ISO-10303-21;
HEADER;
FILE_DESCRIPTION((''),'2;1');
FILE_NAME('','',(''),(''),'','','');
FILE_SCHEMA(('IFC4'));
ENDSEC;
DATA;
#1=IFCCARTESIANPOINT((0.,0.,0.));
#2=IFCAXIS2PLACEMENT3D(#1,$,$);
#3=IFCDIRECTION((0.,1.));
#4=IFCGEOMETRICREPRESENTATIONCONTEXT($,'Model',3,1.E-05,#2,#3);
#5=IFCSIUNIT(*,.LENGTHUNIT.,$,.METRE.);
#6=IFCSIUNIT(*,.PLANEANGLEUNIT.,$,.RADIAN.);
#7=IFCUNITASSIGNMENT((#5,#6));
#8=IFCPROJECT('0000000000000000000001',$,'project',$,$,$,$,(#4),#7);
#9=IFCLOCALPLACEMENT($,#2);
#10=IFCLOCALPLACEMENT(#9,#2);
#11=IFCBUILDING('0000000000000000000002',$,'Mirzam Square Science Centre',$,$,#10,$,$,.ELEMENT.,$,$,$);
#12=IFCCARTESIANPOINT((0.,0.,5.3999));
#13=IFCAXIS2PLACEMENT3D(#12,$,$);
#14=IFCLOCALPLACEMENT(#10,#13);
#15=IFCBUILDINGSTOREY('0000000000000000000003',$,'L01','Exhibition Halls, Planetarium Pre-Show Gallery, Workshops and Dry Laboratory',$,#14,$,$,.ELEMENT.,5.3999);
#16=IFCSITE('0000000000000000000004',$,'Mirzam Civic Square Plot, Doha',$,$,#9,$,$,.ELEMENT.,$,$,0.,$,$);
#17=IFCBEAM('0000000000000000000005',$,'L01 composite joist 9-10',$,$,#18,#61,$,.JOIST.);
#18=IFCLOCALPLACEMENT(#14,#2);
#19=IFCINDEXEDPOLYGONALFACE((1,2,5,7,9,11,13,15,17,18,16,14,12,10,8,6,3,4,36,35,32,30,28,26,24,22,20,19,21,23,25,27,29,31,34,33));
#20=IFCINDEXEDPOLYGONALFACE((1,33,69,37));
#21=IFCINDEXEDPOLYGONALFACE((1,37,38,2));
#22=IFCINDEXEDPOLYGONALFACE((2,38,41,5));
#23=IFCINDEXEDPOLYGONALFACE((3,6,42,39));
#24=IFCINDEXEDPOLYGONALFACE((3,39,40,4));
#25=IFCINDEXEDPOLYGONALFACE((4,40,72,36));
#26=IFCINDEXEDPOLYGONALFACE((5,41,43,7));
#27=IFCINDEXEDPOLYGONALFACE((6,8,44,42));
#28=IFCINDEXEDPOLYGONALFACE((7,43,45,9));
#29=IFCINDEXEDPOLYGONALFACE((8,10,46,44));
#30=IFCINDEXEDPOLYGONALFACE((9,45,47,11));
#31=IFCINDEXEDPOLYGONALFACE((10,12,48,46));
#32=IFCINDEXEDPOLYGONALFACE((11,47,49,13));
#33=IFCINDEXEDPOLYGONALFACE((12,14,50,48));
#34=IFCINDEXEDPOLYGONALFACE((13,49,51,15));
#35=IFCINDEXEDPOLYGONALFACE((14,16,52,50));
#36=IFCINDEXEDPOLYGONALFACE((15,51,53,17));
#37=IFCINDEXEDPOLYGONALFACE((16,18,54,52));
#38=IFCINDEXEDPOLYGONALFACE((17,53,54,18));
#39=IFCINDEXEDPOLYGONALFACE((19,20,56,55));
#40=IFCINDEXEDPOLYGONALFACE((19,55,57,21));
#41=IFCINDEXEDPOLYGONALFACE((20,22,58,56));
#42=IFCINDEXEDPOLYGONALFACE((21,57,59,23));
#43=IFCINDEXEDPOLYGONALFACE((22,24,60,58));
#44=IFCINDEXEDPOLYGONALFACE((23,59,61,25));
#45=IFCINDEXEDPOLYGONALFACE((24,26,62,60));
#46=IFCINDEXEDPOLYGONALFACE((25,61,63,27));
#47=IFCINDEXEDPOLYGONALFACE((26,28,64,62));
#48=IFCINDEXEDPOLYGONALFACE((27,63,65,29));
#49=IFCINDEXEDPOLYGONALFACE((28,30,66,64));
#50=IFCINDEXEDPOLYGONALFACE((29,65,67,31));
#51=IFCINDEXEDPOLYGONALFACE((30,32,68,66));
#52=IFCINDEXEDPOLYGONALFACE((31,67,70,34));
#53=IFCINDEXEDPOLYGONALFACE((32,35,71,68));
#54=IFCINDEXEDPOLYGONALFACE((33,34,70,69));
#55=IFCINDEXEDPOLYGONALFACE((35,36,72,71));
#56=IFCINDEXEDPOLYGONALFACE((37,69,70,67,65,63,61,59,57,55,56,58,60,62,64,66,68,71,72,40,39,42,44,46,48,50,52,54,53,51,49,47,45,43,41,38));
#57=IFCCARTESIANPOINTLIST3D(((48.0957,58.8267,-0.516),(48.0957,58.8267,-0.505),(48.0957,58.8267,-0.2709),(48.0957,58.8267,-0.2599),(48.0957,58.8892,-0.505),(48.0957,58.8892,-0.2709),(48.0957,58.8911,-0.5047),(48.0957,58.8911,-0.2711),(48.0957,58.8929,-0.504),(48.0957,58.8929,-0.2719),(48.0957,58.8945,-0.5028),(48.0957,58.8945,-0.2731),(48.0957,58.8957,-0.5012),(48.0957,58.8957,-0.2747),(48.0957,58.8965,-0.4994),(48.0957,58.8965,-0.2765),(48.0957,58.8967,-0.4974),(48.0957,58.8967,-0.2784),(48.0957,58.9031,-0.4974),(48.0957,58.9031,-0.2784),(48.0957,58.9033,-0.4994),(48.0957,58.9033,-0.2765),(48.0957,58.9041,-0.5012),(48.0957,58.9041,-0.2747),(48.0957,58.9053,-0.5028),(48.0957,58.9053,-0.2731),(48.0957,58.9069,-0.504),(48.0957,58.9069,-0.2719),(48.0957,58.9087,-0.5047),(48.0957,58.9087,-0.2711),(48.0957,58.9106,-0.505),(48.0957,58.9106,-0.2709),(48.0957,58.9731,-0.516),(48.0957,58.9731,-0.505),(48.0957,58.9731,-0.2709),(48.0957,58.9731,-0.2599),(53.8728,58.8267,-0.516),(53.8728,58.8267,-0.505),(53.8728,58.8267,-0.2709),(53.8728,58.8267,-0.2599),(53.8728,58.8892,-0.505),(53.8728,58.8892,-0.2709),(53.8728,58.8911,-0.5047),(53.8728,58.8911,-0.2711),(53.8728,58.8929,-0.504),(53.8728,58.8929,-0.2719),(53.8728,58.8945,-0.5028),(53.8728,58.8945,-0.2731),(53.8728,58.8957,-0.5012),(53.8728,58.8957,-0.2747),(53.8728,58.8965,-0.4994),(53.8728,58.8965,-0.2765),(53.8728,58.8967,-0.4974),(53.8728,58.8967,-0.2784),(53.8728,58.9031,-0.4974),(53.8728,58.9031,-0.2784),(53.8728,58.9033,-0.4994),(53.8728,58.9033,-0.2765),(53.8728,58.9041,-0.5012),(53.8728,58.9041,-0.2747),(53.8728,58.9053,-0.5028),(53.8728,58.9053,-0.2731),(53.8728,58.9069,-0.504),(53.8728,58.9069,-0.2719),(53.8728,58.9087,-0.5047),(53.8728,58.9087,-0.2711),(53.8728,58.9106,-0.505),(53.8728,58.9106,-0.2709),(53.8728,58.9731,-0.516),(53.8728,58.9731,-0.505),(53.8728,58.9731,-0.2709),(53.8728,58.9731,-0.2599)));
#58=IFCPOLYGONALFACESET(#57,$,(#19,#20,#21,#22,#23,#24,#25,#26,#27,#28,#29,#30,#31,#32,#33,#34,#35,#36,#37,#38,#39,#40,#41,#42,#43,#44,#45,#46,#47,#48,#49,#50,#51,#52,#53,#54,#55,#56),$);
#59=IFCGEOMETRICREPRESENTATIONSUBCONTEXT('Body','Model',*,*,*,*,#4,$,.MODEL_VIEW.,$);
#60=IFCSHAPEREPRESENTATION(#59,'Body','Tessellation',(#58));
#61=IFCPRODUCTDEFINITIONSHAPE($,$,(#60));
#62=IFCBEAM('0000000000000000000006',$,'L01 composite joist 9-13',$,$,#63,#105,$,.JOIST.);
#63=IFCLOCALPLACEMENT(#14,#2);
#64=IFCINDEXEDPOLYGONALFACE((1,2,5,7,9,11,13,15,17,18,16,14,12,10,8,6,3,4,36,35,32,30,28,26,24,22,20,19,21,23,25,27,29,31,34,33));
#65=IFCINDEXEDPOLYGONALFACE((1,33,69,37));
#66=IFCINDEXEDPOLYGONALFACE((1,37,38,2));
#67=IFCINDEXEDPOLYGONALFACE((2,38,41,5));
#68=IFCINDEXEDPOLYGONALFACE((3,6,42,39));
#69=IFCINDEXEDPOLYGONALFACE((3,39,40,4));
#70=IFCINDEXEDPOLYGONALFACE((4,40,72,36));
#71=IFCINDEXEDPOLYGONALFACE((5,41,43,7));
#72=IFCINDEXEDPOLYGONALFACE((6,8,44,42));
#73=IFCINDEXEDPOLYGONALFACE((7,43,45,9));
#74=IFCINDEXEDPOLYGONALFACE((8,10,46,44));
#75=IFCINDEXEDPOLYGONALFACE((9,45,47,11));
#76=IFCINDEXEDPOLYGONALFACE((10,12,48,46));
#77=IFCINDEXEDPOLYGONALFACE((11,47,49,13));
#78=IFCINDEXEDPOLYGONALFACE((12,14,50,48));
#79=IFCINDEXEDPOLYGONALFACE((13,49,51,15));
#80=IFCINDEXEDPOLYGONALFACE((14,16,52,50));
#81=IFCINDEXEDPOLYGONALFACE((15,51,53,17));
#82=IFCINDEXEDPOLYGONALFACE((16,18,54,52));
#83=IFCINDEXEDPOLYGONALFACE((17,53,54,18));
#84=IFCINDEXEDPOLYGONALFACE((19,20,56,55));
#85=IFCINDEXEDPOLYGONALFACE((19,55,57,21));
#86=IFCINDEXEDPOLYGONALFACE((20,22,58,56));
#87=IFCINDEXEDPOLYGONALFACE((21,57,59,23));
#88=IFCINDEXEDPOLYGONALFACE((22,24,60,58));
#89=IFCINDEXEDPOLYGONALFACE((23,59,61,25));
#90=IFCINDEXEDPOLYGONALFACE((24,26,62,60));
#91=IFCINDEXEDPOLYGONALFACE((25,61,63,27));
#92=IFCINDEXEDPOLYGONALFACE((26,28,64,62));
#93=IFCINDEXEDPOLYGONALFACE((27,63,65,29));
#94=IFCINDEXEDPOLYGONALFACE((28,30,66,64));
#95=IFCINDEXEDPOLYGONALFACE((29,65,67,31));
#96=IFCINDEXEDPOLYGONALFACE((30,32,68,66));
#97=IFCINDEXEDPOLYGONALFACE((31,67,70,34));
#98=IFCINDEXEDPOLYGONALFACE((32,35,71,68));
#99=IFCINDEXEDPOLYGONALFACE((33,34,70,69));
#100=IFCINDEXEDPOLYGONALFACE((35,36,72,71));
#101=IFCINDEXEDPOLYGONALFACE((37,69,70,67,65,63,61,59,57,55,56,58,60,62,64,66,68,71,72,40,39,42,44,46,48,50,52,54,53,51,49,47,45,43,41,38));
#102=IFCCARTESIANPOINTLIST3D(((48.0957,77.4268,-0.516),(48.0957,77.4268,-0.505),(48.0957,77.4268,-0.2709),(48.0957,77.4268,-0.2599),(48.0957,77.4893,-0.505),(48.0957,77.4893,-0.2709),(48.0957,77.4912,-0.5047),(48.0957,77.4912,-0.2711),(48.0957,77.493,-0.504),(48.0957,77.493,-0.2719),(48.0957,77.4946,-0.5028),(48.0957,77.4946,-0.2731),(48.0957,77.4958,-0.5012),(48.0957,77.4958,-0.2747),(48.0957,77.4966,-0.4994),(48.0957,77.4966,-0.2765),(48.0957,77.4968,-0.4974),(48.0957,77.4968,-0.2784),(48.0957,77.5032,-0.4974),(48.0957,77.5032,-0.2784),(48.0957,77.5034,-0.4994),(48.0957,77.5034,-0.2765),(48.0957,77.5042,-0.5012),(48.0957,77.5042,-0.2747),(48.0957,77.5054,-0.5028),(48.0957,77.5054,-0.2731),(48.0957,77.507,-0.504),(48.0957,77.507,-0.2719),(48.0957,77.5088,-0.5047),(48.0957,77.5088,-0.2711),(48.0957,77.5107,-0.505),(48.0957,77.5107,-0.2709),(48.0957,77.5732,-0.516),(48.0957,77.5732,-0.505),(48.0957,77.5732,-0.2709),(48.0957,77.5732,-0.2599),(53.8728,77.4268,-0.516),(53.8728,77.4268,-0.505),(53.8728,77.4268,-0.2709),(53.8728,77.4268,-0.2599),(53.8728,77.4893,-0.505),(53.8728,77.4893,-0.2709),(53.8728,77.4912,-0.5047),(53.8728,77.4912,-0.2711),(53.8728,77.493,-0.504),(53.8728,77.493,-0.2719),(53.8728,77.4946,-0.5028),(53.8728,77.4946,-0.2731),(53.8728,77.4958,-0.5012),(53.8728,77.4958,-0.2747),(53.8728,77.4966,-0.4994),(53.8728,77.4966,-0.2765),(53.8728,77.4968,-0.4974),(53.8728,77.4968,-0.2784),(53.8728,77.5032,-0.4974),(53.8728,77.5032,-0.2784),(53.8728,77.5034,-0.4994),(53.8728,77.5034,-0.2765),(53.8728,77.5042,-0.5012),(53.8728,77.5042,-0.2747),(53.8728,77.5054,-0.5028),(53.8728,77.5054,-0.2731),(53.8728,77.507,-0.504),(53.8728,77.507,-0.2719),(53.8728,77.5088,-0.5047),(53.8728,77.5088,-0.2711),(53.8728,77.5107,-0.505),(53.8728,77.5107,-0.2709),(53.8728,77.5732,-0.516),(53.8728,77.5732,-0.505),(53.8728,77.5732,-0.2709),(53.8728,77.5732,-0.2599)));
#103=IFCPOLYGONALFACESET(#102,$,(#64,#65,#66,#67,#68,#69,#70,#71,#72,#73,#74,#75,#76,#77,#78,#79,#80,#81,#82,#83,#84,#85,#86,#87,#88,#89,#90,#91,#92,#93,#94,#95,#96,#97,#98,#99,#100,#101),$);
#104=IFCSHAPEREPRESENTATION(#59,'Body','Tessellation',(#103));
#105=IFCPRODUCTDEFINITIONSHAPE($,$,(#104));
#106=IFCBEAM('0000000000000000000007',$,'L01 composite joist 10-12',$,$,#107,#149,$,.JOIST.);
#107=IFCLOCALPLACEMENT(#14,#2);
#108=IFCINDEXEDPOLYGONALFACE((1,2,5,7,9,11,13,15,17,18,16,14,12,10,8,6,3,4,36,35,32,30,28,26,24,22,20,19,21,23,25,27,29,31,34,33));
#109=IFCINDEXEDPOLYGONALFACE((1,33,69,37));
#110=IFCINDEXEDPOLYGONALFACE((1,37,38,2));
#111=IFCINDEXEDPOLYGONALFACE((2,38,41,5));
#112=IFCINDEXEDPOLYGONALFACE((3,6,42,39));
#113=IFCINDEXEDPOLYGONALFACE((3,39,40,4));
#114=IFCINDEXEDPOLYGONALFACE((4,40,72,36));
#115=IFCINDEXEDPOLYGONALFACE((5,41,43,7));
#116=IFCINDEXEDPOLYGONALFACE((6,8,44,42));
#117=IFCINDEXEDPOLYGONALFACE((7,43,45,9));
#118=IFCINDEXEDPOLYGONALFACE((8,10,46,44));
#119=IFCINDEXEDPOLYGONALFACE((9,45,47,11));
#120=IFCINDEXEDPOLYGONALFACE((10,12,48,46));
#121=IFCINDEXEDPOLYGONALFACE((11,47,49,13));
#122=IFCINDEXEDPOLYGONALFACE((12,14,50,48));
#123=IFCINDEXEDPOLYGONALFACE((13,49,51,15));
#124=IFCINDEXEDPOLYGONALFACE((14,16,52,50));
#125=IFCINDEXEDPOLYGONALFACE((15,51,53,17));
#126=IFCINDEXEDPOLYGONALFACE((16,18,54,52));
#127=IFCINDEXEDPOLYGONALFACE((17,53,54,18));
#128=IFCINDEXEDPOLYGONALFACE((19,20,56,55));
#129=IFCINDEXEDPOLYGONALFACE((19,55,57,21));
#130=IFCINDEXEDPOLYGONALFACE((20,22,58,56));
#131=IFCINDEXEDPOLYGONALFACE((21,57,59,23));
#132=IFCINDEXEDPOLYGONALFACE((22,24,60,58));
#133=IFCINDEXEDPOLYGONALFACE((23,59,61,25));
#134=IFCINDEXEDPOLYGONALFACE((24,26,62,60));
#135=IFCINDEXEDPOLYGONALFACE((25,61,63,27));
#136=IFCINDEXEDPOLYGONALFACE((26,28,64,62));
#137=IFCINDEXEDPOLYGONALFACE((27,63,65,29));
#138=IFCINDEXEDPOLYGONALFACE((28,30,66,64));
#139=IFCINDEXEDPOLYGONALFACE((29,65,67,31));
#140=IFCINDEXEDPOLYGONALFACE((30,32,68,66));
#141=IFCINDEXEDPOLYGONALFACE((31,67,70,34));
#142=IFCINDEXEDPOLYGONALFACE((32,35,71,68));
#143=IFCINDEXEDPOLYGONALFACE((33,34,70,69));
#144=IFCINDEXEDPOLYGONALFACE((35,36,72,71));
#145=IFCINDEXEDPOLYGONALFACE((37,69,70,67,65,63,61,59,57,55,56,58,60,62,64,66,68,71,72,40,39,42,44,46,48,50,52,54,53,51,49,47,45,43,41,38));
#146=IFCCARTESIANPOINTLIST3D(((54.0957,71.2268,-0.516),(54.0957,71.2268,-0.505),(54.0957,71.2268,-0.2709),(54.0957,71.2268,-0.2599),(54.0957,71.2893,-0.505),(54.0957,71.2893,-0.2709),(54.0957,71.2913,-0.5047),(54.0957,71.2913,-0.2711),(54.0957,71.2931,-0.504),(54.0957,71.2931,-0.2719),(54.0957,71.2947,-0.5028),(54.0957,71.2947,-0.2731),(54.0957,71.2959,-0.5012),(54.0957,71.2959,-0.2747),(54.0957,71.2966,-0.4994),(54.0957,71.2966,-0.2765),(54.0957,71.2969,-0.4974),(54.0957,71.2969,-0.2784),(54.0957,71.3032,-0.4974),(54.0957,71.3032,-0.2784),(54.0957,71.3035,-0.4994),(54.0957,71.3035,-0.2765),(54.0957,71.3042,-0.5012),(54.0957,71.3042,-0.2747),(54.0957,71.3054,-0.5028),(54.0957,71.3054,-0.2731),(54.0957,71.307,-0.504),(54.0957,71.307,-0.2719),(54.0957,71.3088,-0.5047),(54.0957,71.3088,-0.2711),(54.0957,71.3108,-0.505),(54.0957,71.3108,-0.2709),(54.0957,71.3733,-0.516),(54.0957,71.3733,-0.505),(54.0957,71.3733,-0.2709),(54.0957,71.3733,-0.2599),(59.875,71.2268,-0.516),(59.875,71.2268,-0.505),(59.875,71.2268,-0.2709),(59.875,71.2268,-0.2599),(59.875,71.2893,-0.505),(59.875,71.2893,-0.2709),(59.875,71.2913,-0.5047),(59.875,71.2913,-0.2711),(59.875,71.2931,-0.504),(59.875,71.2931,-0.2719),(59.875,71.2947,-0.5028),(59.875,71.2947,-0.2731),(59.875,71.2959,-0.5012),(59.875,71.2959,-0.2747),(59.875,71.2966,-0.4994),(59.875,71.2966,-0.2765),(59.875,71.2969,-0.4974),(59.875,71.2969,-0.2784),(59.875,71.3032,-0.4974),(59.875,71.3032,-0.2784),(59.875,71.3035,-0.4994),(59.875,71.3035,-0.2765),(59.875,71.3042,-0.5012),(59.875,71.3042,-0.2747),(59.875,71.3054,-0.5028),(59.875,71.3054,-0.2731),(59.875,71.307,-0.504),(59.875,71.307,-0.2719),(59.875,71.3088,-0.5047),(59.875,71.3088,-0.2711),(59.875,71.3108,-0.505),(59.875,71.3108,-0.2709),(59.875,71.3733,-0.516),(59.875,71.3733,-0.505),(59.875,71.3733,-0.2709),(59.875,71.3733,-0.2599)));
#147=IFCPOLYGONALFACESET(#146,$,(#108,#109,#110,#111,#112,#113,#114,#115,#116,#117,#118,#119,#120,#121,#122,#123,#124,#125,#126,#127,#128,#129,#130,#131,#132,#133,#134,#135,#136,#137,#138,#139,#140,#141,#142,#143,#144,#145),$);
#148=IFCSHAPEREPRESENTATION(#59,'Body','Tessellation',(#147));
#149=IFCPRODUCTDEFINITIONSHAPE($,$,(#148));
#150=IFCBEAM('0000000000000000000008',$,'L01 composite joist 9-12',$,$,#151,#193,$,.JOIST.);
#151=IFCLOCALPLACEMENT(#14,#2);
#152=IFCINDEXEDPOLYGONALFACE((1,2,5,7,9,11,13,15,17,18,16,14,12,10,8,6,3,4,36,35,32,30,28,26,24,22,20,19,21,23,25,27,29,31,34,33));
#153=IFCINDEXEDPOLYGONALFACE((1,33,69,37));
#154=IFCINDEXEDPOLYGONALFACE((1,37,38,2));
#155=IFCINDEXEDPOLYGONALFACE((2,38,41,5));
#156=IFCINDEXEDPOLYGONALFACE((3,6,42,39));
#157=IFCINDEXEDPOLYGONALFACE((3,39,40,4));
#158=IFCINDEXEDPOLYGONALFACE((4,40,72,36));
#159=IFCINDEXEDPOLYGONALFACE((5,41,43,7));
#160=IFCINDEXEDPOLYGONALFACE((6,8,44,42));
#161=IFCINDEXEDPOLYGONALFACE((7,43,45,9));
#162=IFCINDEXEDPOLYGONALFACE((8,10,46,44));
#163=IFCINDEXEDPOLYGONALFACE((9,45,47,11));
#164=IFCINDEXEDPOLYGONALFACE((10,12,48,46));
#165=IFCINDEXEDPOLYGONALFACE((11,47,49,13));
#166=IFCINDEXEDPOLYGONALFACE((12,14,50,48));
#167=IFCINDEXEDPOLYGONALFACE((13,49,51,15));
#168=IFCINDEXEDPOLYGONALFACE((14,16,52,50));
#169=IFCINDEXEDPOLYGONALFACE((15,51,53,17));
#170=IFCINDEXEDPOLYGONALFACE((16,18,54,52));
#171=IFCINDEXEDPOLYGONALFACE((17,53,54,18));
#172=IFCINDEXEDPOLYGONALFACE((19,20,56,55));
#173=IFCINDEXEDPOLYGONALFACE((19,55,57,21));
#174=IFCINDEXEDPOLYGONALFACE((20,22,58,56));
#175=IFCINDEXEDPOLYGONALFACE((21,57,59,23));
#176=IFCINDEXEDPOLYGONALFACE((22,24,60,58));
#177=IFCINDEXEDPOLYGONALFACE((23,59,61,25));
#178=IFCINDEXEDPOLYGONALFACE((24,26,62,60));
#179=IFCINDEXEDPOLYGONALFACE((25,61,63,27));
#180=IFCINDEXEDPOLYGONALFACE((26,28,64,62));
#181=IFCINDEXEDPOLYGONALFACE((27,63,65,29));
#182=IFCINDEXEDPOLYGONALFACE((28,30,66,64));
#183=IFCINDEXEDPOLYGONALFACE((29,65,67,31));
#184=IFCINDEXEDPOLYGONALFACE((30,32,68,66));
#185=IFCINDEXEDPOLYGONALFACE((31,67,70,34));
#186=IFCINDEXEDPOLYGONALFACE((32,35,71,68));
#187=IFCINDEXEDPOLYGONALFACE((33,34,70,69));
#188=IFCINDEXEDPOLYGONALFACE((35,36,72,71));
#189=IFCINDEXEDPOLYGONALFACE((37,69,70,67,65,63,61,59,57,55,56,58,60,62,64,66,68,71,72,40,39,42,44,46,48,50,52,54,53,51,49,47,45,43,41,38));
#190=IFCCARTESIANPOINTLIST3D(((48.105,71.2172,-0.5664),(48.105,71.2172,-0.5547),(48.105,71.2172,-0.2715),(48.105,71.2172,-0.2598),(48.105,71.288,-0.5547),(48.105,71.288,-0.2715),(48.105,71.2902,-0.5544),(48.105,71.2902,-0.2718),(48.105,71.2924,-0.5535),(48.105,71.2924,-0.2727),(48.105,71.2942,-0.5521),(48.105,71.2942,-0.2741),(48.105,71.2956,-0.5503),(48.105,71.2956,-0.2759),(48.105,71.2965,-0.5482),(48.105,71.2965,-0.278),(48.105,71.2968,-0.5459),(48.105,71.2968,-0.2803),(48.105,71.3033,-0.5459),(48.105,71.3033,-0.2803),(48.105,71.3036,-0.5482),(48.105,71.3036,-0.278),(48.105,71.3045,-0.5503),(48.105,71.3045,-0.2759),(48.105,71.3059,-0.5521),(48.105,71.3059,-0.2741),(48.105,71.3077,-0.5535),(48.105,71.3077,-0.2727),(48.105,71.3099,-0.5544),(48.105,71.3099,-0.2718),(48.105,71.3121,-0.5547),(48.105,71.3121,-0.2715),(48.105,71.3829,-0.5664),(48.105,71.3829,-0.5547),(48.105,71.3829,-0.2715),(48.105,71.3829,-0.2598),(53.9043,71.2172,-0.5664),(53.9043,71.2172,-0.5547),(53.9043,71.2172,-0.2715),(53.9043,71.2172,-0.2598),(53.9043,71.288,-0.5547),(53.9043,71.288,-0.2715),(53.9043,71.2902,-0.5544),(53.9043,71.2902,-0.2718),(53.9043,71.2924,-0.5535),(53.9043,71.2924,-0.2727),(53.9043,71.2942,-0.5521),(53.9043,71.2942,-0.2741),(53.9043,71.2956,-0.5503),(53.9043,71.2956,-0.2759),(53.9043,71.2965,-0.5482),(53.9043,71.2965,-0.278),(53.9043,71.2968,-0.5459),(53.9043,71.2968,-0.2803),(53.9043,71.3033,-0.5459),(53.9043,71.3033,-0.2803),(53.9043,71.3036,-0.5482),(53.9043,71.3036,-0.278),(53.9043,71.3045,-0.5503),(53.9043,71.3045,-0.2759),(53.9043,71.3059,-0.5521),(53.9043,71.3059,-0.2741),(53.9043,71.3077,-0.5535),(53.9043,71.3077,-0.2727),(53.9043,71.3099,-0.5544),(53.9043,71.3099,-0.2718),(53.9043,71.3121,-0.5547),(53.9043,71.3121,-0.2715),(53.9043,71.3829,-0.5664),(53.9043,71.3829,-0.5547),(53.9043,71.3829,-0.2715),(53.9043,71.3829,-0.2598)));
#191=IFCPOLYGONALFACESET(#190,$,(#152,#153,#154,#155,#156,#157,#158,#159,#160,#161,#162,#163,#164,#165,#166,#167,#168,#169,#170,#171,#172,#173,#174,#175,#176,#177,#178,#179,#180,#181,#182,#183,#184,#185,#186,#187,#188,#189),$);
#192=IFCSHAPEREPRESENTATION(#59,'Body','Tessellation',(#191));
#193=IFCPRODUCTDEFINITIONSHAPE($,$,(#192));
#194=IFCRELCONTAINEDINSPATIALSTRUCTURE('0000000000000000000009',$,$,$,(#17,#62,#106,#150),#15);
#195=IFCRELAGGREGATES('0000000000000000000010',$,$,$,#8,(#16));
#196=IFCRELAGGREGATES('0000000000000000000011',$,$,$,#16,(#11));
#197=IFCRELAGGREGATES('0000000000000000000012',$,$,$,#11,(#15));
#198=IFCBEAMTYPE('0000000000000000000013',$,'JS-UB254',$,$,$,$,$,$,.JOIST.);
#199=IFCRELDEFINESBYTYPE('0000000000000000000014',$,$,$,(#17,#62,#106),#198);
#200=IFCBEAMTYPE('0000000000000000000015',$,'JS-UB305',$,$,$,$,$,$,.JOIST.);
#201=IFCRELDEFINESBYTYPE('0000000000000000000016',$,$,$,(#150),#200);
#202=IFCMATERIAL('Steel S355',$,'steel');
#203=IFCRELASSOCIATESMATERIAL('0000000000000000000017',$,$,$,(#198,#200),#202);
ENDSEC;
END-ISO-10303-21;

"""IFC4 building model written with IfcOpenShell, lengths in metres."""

from ifc_helpers import new_model, si_unit, direction, frame, origin, origin_2d, place, context, subcontext, project, spatial, i_section, extrude, material, material_profile, profile_set, type_object, element, save


model = new_model("IFC4")

# Units and contexts
model_context = context("Model", 3, precision=1e-05, world=origin(), true_north=direction((0.0, 1.0)))
body_context = subcontext(model_context, "Body", "Model", "MODEL_VIEW")
ifc_project = project(units=[si_unit("LENGTHUNIT", "METRE"), si_unit("PLANEANGLEUNIT", "RADIAN")], contexts=[model_context])

# Site, building, storey
site_placement = place(None, origin())
site = spatial("IfcSite", under=ifc_project, at=site_placement, Name="Mirzam Civic Square Plot, Doha", CompositionType="ELEMENT", RefElevation=0.0)
building_placement = place(site_placement, origin())
building = spatial("IfcBuilding", under=site, at=building_placement, Name="Mirzam Square Science Centre", CompositionType="ELEMENT")
storey_placement = place(building_placement, frame((0.0, 0.0, 5.3999)))
storey = spatial("IfcBuildingStorey", under=building, at=storey_placement, Name="L01", Description="Exhibition Halls, Planetarium Pre-Show Gallery, Workshops and Dry Laboratory", CompositionType="ELEMENT", Elevation=5.3999)

# Shared definitions
ifc_material = material(Name="Steel S355", Category="steel")

# Beams
ifc_material_profile_1 = material_profile(ifc_material, i_section(OverallWidth=0.1465, OverallDepth=0.2561, WebThickness=0.0063, FlangeThickness=0.011, FilletRadius=0.0076, at=origin_2d()), Name="254x146x37UB")
ifc_profile_set_1 = profile_set([ifc_material_profile_1], Name="Steel S355")
beam_type_1 = type_object("IfcBeamType", Name="JS-UB254", PredefinedType="JOIST", material=ifc_profile_set_1)
for number, where, z_axis, x_axis, name in (
    (1, (48.0957, 58.8999, -0.3879), (1.0, 0.0, 0.0), (0.0, 1.0, 0.0), "L01 composite joist 9-10"),
    (2, (48.0957, 77.5, -0.3879), (1.0, 0.0, 0.0), (0.0, 1.0, 0.0), "L01 composite joist 9-13"),
):
    element("IfcBeam", number, at=place(storey_placement, frame(where, z_axis=z_axis, x_axis=x_axis)), inside=storey, type_object=beam_type_1, Name=name, PredefinedType="JOIST", context=body_context, shape_type="SweptSolid", body=[
        extrude(i_section(OverallWidth=0.1465, OverallDepth=0.2561, WebThickness=0.0063, FlangeThickness=0.011, FilletRadius=0.0076, at=origin_2d()), origin(), (0.0, 0.0, 1.0), 5.7771),
    ])
beam_1_placement = place(storey_placement, frame((54.0957, 71.3, -0.3879), z_axis=(1.0, 0.0, 0.0), x_axis=(0.0, 1.0, 0.0)))
element("IfcBeam", 3, at=beam_1_placement, inside=storey, type_object=beam_type_1, Name="L01 composite joist 10-12", PredefinedType="JOIST", context=body_context, shape_type="SweptSolid", body=[
    extrude(i_section(OverallWidth=0.1465, OverallDepth=0.2561, WebThickness=0.0063, FlangeThickness=0.011, FilletRadius=0.0076, at=origin_2d()), origin(), (0.0, 0.0, 1.0), 5.7793),
])
ifc_material_profile_2 = material_profile(ifc_material, i_section(OverallWidth=0.1658, OverallDepth=0.3066, WebThickness=0.0066, FlangeThickness=0.0117, FilletRadius=0.0088, at=origin_2d()), Name="305x165x46UB")
ifc_profile_set_2 = profile_set([ifc_material_profile_2], Name="Steel S355")
beam_type_2 = type_object("IfcBeamType", Name="JS-UB305", PredefinedType="JOIST", material=ifc_profile_set_2)
beam_2_placement = place(storey_placement, frame((48.105, 71.3, -0.4131), z_axis=(1.0, 0.0, 0.0), x_axis=(0.0, 1.0, 0.0)))
element("IfcBeam", 4, at=beam_2_placement, inside=storey, type_object=beam_type_2, Name="L01 composite joist 9-12", PredefinedType="JOIST", context=body_context, shape_type="SweptSolid", body=[
    extrude(i_section(OverallWidth=0.1658, OverallDepth=0.3066, WebThickness=0.0066, FlangeThickness=0.0117, FilletRadius=0.0088, at=origin_2d()), origin(), (0.0, 0.0, 1.0), 5.7993),
])

save(model, "model.ifc")
